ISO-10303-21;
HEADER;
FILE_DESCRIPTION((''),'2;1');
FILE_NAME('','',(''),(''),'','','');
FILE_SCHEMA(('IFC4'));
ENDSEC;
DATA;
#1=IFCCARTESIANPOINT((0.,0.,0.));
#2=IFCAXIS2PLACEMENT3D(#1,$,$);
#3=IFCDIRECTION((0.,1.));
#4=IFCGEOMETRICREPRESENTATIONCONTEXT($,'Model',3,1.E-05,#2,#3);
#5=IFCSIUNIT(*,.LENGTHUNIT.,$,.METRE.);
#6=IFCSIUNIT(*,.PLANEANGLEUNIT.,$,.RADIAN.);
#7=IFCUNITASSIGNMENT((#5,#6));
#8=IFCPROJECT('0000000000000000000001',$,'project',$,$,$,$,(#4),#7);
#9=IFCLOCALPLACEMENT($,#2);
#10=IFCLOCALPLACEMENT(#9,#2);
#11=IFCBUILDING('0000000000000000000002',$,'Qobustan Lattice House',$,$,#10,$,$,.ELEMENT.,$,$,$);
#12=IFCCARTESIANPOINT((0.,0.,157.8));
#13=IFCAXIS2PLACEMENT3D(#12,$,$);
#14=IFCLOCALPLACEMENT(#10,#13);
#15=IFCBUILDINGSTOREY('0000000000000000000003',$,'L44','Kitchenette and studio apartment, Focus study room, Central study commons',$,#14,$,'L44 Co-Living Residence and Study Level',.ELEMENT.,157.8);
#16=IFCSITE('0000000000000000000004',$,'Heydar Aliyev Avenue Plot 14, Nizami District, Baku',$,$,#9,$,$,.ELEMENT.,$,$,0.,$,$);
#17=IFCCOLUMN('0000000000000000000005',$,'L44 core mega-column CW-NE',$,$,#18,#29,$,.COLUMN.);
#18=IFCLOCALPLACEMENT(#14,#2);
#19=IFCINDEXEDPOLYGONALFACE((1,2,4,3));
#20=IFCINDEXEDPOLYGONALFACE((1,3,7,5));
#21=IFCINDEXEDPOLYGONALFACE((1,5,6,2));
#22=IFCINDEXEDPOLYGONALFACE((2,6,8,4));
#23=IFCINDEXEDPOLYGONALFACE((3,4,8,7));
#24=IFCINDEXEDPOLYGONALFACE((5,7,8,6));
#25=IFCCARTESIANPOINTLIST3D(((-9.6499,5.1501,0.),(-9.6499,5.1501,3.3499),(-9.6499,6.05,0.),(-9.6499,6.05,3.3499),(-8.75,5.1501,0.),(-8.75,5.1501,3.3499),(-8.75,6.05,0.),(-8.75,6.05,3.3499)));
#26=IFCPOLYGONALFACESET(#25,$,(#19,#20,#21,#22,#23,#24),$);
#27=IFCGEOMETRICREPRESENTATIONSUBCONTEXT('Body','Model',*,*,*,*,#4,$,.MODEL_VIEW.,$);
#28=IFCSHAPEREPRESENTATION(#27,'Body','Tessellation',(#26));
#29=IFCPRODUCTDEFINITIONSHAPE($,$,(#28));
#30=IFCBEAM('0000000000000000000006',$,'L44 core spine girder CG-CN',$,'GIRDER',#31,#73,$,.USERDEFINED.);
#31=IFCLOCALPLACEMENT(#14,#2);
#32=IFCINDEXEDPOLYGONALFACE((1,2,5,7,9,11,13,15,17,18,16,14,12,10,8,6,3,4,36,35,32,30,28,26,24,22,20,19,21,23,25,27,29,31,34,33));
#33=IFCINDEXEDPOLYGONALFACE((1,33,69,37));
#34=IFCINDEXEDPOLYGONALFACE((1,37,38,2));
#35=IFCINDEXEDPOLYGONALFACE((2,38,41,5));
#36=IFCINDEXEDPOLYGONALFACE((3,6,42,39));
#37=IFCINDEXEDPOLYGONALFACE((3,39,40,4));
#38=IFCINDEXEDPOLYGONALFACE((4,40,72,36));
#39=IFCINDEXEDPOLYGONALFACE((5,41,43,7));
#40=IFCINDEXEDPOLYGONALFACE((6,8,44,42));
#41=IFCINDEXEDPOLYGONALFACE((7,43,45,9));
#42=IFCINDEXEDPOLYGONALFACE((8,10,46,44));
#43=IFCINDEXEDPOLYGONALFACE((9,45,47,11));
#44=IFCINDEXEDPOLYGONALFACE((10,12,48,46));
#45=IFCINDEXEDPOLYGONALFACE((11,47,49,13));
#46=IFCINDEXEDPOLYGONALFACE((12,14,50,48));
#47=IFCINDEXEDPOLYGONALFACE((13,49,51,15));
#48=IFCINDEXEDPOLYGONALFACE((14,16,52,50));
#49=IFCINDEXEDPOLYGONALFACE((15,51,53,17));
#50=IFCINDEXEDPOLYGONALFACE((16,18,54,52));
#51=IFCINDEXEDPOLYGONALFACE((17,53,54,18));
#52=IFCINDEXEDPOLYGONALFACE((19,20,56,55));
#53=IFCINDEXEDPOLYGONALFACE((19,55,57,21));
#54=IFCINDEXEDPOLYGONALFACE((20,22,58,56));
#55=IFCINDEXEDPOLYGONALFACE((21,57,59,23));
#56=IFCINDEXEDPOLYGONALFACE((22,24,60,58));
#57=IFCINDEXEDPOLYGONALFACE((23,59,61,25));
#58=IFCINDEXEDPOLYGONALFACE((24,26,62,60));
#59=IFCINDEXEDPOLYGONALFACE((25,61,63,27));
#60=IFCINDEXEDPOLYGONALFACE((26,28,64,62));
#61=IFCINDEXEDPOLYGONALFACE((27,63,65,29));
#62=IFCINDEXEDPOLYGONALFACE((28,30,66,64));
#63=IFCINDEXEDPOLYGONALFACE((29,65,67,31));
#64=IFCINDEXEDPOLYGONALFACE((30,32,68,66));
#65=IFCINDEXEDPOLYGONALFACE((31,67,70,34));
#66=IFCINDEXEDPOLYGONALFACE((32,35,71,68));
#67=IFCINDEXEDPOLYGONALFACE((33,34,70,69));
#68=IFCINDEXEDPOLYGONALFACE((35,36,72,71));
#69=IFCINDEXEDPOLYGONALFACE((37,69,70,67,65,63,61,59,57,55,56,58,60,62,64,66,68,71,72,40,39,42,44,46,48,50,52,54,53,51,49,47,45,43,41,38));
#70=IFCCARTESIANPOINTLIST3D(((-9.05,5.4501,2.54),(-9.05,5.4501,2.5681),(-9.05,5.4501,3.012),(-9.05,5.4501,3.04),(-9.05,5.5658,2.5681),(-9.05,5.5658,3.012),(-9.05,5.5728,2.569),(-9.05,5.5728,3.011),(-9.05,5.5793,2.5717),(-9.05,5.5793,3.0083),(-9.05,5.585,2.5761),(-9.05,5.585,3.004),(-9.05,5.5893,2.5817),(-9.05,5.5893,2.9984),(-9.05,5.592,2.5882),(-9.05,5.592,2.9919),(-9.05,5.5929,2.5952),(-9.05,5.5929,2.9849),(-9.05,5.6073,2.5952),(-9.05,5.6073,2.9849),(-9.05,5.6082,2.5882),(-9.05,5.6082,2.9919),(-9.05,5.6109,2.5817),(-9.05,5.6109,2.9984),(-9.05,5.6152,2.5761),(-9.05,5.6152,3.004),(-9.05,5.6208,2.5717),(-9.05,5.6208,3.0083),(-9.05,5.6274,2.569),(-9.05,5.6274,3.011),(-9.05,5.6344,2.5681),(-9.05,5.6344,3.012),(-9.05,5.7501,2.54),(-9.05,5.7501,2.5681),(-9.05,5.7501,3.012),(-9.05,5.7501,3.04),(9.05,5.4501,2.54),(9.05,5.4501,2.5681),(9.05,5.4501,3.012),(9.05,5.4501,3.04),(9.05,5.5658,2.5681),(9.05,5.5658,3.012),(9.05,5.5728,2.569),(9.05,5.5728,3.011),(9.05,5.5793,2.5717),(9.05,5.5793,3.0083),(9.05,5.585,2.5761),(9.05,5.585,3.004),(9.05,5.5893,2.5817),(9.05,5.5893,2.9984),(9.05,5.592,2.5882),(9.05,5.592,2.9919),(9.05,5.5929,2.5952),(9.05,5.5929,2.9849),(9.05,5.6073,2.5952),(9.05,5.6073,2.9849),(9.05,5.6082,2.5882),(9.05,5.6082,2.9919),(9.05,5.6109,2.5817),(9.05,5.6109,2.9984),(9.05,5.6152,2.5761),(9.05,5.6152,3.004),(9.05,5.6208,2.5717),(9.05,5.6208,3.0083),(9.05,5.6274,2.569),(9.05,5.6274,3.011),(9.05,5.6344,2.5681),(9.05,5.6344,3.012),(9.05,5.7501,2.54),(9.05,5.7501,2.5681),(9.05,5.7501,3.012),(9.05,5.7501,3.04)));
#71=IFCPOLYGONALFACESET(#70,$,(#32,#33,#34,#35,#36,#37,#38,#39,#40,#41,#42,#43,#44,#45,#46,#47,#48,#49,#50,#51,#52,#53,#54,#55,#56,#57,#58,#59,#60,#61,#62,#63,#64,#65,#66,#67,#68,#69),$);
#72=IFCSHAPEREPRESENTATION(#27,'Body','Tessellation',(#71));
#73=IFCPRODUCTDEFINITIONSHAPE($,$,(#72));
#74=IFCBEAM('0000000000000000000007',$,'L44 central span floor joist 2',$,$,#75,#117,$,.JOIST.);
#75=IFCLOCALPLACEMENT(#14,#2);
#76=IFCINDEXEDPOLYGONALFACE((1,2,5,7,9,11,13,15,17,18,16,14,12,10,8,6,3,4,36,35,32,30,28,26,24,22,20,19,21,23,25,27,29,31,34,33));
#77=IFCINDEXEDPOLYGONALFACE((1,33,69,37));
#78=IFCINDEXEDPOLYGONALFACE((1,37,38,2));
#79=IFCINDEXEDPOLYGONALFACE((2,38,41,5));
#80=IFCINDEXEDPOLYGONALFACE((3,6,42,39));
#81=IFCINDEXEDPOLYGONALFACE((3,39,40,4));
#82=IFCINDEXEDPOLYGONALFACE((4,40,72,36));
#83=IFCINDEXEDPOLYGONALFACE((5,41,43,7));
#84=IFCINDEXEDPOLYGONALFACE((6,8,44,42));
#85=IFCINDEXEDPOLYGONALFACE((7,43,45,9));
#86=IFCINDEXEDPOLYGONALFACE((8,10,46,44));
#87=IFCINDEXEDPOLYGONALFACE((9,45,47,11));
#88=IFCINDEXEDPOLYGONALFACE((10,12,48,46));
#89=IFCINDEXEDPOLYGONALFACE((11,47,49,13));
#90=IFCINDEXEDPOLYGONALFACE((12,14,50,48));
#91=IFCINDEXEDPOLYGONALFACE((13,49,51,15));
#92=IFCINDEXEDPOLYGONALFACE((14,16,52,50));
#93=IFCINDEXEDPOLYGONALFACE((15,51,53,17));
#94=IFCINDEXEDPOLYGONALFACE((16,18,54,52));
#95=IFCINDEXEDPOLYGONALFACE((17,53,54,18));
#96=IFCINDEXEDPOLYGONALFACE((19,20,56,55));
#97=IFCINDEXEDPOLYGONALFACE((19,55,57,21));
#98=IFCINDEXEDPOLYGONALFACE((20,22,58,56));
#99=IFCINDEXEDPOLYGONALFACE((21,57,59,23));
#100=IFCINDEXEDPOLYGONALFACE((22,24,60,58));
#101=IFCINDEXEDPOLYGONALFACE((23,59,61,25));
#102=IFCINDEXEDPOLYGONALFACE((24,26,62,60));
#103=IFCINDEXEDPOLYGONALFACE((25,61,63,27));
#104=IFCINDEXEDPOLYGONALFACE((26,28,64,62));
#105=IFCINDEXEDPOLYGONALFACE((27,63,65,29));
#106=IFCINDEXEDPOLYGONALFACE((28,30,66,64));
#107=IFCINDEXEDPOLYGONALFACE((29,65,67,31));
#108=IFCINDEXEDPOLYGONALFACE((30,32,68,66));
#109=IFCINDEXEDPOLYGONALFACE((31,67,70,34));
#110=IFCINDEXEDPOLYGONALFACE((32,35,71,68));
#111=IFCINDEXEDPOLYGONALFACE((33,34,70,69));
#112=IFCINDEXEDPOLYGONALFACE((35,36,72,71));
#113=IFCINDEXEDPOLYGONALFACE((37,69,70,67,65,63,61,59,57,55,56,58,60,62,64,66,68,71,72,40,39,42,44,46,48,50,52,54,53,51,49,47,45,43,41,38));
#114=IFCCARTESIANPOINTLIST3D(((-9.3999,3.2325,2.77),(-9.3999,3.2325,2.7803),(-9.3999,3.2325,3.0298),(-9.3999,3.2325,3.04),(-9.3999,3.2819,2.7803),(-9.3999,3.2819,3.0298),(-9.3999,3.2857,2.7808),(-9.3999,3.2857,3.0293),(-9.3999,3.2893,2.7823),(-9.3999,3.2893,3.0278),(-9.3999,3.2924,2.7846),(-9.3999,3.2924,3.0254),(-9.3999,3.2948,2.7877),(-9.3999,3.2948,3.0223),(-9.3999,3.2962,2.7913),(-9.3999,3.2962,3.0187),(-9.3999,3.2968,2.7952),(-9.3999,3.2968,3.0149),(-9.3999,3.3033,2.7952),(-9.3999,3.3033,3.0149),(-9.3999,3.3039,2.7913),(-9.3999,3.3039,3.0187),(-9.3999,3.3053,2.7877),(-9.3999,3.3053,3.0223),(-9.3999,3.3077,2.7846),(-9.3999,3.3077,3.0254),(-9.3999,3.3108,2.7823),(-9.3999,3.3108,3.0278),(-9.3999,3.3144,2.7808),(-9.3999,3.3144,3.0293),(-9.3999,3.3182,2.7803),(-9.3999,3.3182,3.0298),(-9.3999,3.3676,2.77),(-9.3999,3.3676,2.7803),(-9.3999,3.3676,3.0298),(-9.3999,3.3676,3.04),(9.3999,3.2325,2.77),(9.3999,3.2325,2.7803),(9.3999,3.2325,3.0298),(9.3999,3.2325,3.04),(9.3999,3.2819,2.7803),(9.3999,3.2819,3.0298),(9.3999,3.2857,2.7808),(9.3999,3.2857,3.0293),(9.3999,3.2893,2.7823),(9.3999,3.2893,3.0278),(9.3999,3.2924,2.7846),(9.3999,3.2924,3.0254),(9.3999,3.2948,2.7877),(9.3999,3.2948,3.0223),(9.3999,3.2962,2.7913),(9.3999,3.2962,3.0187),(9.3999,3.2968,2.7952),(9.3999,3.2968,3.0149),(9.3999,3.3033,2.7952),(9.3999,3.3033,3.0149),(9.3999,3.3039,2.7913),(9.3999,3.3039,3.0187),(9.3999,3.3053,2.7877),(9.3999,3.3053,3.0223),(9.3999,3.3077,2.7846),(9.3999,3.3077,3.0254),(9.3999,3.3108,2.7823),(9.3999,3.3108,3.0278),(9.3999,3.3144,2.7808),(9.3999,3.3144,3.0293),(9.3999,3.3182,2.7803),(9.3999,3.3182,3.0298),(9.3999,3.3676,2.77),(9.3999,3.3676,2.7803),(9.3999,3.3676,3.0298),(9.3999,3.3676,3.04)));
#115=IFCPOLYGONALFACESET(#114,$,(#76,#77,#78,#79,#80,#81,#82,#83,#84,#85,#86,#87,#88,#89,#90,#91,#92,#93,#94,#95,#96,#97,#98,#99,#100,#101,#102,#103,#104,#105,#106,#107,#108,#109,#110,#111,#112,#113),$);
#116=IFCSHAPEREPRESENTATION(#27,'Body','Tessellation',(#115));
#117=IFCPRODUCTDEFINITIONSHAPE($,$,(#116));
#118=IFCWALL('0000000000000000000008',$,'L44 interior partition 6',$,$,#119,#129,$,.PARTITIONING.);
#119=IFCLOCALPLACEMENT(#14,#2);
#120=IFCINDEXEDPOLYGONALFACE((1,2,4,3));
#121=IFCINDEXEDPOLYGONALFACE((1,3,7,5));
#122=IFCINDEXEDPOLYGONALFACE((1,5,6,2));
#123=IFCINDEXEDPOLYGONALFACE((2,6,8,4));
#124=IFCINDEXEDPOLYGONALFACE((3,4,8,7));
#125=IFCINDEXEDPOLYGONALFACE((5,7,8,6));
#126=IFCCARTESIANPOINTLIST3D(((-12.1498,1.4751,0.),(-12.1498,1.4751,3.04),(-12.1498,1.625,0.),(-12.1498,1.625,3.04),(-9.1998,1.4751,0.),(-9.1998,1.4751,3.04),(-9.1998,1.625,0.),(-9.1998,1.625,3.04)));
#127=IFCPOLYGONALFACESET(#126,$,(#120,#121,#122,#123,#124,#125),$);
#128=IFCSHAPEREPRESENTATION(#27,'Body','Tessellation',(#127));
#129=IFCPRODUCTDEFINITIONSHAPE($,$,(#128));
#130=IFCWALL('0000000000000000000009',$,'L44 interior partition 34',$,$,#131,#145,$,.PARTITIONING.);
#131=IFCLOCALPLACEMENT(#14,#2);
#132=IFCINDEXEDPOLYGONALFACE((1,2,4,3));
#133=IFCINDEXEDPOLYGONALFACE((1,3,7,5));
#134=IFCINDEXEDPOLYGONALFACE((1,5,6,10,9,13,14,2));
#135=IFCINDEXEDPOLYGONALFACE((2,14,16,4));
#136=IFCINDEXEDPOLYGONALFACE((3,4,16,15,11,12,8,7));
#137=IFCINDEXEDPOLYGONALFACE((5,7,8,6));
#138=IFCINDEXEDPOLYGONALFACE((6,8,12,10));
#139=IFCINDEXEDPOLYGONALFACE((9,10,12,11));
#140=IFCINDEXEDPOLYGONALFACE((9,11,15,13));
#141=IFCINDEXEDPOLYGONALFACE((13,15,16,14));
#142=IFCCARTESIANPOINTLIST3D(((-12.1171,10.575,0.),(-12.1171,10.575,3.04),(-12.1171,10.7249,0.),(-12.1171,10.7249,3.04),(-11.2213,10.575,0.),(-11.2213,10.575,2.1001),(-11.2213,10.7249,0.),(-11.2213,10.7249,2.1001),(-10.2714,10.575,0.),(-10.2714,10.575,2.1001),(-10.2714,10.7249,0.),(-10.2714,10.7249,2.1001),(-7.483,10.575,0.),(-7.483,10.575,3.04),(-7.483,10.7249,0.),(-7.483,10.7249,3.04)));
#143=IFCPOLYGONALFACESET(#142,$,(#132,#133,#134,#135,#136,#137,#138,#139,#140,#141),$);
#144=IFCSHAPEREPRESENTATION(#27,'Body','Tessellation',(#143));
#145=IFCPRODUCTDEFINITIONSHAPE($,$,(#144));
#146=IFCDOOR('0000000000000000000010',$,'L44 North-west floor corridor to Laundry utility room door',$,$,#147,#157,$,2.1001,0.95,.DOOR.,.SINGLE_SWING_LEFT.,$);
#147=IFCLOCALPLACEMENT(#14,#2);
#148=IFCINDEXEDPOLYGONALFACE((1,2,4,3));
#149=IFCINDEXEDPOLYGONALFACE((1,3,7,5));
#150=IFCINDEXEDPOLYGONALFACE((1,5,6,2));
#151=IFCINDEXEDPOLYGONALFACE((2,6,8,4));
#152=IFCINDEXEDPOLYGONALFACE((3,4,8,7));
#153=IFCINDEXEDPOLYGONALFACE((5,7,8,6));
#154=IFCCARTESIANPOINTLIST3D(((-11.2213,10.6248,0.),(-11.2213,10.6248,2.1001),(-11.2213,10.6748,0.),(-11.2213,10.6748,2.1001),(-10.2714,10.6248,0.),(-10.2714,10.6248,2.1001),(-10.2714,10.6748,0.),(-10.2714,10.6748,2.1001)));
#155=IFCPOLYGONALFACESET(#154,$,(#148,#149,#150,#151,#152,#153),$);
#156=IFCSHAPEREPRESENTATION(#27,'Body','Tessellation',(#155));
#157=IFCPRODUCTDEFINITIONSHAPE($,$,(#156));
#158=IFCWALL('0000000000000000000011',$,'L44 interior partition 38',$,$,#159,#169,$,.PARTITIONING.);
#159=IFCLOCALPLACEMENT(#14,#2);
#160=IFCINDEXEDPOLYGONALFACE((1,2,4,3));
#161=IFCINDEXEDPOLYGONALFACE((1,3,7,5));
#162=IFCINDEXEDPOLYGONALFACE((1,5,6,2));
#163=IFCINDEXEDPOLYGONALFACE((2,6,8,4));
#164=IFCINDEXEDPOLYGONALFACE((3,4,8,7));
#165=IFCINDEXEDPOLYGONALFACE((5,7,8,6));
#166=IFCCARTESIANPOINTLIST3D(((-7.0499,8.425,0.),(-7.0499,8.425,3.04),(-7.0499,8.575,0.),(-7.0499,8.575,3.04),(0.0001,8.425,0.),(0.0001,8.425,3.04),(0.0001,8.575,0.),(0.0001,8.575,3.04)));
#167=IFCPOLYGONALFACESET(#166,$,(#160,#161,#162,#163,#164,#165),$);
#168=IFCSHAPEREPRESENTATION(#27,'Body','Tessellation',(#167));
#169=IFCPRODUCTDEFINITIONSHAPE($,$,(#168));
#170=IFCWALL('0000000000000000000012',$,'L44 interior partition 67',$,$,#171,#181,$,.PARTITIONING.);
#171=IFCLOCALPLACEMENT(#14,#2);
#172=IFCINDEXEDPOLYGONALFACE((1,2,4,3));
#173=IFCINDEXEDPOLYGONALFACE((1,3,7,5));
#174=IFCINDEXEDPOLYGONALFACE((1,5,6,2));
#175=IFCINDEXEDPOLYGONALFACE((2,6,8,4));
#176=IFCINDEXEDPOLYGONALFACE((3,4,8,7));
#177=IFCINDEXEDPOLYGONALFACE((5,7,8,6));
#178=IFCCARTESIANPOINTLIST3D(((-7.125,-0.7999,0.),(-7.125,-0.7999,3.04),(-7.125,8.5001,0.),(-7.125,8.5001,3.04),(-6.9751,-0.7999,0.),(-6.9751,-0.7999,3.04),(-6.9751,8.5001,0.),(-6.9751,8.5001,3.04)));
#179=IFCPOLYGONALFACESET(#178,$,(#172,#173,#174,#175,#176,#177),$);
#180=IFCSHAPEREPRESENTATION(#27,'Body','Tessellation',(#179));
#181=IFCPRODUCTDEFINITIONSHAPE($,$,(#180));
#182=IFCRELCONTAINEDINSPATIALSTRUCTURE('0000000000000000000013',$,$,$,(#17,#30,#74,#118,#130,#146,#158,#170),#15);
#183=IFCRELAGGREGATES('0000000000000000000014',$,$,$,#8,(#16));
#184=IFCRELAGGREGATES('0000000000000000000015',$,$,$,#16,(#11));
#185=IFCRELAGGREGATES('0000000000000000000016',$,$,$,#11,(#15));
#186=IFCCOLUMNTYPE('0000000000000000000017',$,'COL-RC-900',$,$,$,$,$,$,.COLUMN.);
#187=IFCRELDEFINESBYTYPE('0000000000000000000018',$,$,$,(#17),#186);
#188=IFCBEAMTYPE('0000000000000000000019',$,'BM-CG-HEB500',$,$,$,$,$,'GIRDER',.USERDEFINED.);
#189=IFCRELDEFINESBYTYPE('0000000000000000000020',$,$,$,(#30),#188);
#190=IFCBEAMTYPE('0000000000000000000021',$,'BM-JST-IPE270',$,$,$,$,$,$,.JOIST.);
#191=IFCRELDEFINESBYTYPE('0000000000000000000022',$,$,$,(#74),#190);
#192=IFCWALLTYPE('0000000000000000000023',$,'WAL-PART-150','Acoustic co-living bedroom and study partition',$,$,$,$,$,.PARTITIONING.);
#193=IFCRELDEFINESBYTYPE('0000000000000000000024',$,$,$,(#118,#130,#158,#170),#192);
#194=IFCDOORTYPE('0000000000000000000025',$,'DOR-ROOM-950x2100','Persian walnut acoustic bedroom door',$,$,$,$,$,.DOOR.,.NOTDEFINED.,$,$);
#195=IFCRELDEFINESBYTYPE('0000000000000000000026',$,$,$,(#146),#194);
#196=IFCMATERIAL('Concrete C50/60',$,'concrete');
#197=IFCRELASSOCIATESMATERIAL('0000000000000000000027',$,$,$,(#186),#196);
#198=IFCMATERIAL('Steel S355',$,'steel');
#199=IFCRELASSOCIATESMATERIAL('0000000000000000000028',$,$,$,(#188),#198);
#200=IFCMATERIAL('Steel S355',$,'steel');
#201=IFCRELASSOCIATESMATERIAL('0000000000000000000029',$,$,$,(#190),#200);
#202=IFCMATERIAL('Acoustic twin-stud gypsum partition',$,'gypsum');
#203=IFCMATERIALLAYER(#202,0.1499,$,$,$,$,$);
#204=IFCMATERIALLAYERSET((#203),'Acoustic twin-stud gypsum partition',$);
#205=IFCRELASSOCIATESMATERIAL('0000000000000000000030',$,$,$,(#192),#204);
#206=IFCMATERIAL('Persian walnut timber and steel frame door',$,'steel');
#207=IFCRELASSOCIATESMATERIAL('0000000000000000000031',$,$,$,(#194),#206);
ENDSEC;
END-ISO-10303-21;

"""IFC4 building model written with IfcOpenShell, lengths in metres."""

from ifc_helpers import new_model, si_unit, direction, frame, frame_2d, origin, origin_2d, place, context, subcontext, project, spatial, rectangle, i_section, extrude, material, layer, layer_set, material_profile, profile_set, type_object, element, fill, save


model = new_model("IFC4")

# Units and contexts
model_context = context("Model", 3, precision=1e-05, world=origin(), true_north=direction((0.0, 1.0)))
body_context = subcontext(model_context, "Body", "Model", "MODEL_VIEW")
ifc_project = project(units=[si_unit("LENGTHUNIT", "METRE"), si_unit("PLANEANGLEUNIT", "RADIAN")], contexts=[model_context])

# Site, building, storey
site_placement = place(None, origin())
site = spatial("IfcSite", under=ifc_project, at=site_placement, Name="Heydar Aliyev Avenue Plot 14, Nizami District, Baku", CompositionType="ELEMENT", RefElevation=0.0)
building_placement = place(site_placement, origin())
building = spatial("IfcBuilding", under=site, at=building_placement, Name="Qobustan Lattice House", CompositionType="ELEMENT")
storey_placement = place(building_placement, frame((0.0, 0.0, 157.8)))
storey = spatial("IfcBuildingStorey", under=building, at=storey_placement, Name="L44", Description="Kitchenette and studio apartment, Focus study room, Central study commons", LongName="L44 Co-Living Residence and Study Level", CompositionType="ELEMENT", Elevation=157.8)

# Column
ifc_material_1 = material(Name="Concrete C50/60", Category="concrete")
ifc_material_profile_1 = material_profile(ifc_material_1, rectangle(XDim=0.8999, YDim=0.8999, at=origin_2d()), Name="RC900x900")
ifc_profile_set_1 = profile_set([ifc_material_profile_1], Name="Concrete C50/60")
column_type = type_object("IfcColumnType", Name="COL-RC-900", PredefinedType="COLUMN", material=ifc_profile_set_1)
column_placement = place(storey_placement, frame((-9.2, 5.6001, 0.0), z_axis=(0.0, 0.0, 1.0), x_axis=(1.0, 0.0, 0.0)))
element("IfcColumn", 1, at=column_placement, inside=storey, type_object=column_type, Name="L44 core mega-column CW-NE", PredefinedType="COLUMN", context=body_context, shape_type="SweptSolid", body=[
    extrude(rectangle(XDim=0.8999, YDim=0.8999, at=origin_2d()), origin(), (0.0, 0.0, 1.0), 3.3499),
])

# Beams
ifc_material_2 = material(Name="Steel S355", Category="steel")
ifc_material_profile_2 = material_profile(ifc_material_2, i_section(OverallWidth=0.3, OverallDepth=0.5, WebThickness=0.0144, FlangeThickness=0.0281, FilletRadius=0.0271, at=origin_2d()), Name="HEB500")
ifc_profile_set_2 = profile_set([ifc_material_profile_2], Name="Steel S355")
beam_type_1 = type_object("IfcBeamType", Name="BM-CG-HEB500", ElementType="GIRDER", PredefinedType="USERDEFINED", material=ifc_profile_set_2)
beam_1_placement = place(storey_placement, frame((-9.05, 5.6001, 2.79), z_axis=(1.0, 0.0, 0.0), x_axis=(0.0, 1.0, 0.0)))
element("IfcBeam", 2, at=beam_1_placement, inside=storey, type_object=beam_type_1, Name="L44 core spine girder CG-CN", ObjectType="GIRDER", PredefinedType="USERDEFINED", context=body_context, shape_type="SweptSolid", body=[
    extrude(i_section(OverallWidth=0.3, OverallDepth=0.5, WebThickness=0.0144, FlangeThickness=0.0281, FilletRadius=0.0271, at=origin_2d()), origin(), (0.0, 0.0, 1.0), 18.1001),
])
ifc_material_3 = material(Name="Steel S355", Category="steel")
ifc_material_profile_3 = material_profile(ifc_material_3, i_section(OverallWidth=0.135, OverallDepth=0.27, WebThickness=0.0066, FlangeThickness=0.0103, FilletRadius=0.0149, at=origin_2d()), Name="IPE270")
ifc_profile_set_3 = profile_set([ifc_material_profile_3], Name="Steel S355")
beam_type_2 = type_object("IfcBeamType", Name="BM-JST-IPE270", PredefinedType="JOIST", material=ifc_profile_set_3)
beam_2_placement = place(storey_placement, frame((-9.3999, 3.3, 2.905), z_axis=(1.0, 0.0, 0.0), x_axis=(0.0, 1.0, 0.0)))
element("IfcBeam", 3, at=beam_2_placement, inside=storey, type_object=beam_type_2, Name="L44 central span floor joist 2", PredefinedType="JOIST", context=body_context, shape_type="SweptSolid", body=[
    extrude(i_section(OverallWidth=0.135, OverallDepth=0.27, WebThickness=0.0066, FlangeThickness=0.0103, FilletRadius=0.0149, at=origin_2d()), origin(), (0.0, 0.0, 1.0), 18.7998),
])

# Wall
ifc_material_4 = material(Name="Acoustic twin-stud gypsum partition", Category="gypsum")
ifc_layer_1 = layer(ifc_material_4, 0.1499)
ifc_layer_set_1 = layer_set([ifc_layer_1], Name="Acoustic twin-stud gypsum partition")
wall_type_1 = type_object("IfcWallType", Name="WAL-PART-150", Description="Acoustic co-living bedroom and study partition", PredefinedType="PARTITIONING", material=ifc_layer_set_1)
wall_1_placement = place(storey_placement, frame((-12.1499, 1.55, 0.0), z_axis=(0.0, 0.0, 1.0), x_axis=(1.0, 0.0, 0.0)))
element("IfcWall", 4, at=wall_1_placement, inside=storey, type_object=wall_type_1, Name="L44 interior partition 6", PredefinedType="PARTITIONING", context=body_context, shape_type="SweptSolid", body=[
    extrude(rectangle(XDim=2.95, YDim=0.1499, at=frame_2d((1.4751, 0.0))), origin(), (0.0, 0.0, 1.0), 3.04),
])

# Wall, opening, door
wall_2_placement = place(storey_placement, frame((-12.1169, 10.6499, 0.0), z_axis=(0.0, 0.0, 1.0), x_axis=(1.0, 0.0, 0.0)))
wall_2 = element("IfcWall", 5, at=wall_2_placement, inside=storey, type_object=wall_type_1, Name="L44 interior partition 34", PredefinedType="PARTITIONING", context=body_context, shape_type="SweptSolid", body=[
    extrude(rectangle(XDim=4.634, YDim=0.1499, at=frame_2d((2.3169, 0.0))), origin(), (0.0, 0.0, 1.0), 3.04),
])
opening_1_placement = place(wall_2_placement, frame((0.8955, 0.0, 0.0)))
opening_1 = element("IfcOpeningElement", 6, at=opening_1_placement, cuts=wall_2, PredefinedType="OPENING", context=body_context, shape_type="SweptSolid", body=[
    extrude(rectangle(XDim=0.95, YDim=2.1001, at=frame_2d((0.4751, 1.05))), frame((0.0, 0.085, 0.0), z_axis=(0.0, -1.0, 0.0), x_axis=(1.0, 0.0, 0.0)), (0.0, 0.0, 1.0), 0.1699),
])
ifc_material_5 = material(Name="Persian walnut timber and steel frame door", Category="steel")
door_type_1 = type_object("IfcDoorType", Name="DOR-ROOM-950x2100", Description="Persian walnut acoustic bedroom door", OperationType="NOTDEFINED", PredefinedType="DOOR", material=ifc_material_5)
door_1_placement = place(opening_1_placement, origin())
door_1 = element("IfcDoor", 7, at=door_1_placement, inside=storey, type_object=door_type_1, Name="L44 North-west floor corridor to Laundry utility room door", OperationType="SINGLE_SWING_LEFT", OverallHeight=2.1001, OverallWidth=0.95, PredefinedType="DOOR", context=body_context, shape_type="SweptSolid", body=[
    extrude(rectangle(XDim=0.95, YDim=2.1001, at=frame_2d((0.4751, 1.05))), frame((0.0, 0.0249, 0.0), z_axis=(0.0, -1.0, 0.0), x_axis=(1.0, 0.0, 0.0)), (0.0, 0.0, 1.0), 0.05),
])
fill(opening_1, door_1)

# Walls
wall_3_placement = place(storey_placement, frame((0.0, 8.5, 0.0), z_axis=(0.0, 0.0, 1.0), x_axis=(-1.0, 0.0, 0.0)))
element("IfcWall", 8, at=wall_3_placement, inside=storey, type_object=wall_type_1, Name="L44 interior partition 38", PredefinedType="PARTITIONING", context=body_context, shape_type="SweptSolid", body=[
    extrude(rectangle(XDim=7.05, YDim=0.1499, at=frame_2d((3.5249, 0.0))), origin(), (0.0, 0.0, 1.0), 3.04),
])
wall_4_placement = place(storey_placement, frame((-7.05, 8.5, 0.0), z_axis=(0.0, 0.0, 1.0), x_axis=(0.0, -1.0, 0.0)))
element("IfcWall", 9, at=wall_4_placement, inside=storey, type_object=wall_type_1, Name="L44 interior partition 67", PredefinedType="PARTITIONING", context=body_context, shape_type="SweptSolid", body=[
    extrude(rectangle(XDim=9.3, YDim=0.1499, at=frame_2d((4.6499, 0.0))), origin(), (0.0, 0.0, 1.0), 3.04),
])

save(model, "model.ifc")
